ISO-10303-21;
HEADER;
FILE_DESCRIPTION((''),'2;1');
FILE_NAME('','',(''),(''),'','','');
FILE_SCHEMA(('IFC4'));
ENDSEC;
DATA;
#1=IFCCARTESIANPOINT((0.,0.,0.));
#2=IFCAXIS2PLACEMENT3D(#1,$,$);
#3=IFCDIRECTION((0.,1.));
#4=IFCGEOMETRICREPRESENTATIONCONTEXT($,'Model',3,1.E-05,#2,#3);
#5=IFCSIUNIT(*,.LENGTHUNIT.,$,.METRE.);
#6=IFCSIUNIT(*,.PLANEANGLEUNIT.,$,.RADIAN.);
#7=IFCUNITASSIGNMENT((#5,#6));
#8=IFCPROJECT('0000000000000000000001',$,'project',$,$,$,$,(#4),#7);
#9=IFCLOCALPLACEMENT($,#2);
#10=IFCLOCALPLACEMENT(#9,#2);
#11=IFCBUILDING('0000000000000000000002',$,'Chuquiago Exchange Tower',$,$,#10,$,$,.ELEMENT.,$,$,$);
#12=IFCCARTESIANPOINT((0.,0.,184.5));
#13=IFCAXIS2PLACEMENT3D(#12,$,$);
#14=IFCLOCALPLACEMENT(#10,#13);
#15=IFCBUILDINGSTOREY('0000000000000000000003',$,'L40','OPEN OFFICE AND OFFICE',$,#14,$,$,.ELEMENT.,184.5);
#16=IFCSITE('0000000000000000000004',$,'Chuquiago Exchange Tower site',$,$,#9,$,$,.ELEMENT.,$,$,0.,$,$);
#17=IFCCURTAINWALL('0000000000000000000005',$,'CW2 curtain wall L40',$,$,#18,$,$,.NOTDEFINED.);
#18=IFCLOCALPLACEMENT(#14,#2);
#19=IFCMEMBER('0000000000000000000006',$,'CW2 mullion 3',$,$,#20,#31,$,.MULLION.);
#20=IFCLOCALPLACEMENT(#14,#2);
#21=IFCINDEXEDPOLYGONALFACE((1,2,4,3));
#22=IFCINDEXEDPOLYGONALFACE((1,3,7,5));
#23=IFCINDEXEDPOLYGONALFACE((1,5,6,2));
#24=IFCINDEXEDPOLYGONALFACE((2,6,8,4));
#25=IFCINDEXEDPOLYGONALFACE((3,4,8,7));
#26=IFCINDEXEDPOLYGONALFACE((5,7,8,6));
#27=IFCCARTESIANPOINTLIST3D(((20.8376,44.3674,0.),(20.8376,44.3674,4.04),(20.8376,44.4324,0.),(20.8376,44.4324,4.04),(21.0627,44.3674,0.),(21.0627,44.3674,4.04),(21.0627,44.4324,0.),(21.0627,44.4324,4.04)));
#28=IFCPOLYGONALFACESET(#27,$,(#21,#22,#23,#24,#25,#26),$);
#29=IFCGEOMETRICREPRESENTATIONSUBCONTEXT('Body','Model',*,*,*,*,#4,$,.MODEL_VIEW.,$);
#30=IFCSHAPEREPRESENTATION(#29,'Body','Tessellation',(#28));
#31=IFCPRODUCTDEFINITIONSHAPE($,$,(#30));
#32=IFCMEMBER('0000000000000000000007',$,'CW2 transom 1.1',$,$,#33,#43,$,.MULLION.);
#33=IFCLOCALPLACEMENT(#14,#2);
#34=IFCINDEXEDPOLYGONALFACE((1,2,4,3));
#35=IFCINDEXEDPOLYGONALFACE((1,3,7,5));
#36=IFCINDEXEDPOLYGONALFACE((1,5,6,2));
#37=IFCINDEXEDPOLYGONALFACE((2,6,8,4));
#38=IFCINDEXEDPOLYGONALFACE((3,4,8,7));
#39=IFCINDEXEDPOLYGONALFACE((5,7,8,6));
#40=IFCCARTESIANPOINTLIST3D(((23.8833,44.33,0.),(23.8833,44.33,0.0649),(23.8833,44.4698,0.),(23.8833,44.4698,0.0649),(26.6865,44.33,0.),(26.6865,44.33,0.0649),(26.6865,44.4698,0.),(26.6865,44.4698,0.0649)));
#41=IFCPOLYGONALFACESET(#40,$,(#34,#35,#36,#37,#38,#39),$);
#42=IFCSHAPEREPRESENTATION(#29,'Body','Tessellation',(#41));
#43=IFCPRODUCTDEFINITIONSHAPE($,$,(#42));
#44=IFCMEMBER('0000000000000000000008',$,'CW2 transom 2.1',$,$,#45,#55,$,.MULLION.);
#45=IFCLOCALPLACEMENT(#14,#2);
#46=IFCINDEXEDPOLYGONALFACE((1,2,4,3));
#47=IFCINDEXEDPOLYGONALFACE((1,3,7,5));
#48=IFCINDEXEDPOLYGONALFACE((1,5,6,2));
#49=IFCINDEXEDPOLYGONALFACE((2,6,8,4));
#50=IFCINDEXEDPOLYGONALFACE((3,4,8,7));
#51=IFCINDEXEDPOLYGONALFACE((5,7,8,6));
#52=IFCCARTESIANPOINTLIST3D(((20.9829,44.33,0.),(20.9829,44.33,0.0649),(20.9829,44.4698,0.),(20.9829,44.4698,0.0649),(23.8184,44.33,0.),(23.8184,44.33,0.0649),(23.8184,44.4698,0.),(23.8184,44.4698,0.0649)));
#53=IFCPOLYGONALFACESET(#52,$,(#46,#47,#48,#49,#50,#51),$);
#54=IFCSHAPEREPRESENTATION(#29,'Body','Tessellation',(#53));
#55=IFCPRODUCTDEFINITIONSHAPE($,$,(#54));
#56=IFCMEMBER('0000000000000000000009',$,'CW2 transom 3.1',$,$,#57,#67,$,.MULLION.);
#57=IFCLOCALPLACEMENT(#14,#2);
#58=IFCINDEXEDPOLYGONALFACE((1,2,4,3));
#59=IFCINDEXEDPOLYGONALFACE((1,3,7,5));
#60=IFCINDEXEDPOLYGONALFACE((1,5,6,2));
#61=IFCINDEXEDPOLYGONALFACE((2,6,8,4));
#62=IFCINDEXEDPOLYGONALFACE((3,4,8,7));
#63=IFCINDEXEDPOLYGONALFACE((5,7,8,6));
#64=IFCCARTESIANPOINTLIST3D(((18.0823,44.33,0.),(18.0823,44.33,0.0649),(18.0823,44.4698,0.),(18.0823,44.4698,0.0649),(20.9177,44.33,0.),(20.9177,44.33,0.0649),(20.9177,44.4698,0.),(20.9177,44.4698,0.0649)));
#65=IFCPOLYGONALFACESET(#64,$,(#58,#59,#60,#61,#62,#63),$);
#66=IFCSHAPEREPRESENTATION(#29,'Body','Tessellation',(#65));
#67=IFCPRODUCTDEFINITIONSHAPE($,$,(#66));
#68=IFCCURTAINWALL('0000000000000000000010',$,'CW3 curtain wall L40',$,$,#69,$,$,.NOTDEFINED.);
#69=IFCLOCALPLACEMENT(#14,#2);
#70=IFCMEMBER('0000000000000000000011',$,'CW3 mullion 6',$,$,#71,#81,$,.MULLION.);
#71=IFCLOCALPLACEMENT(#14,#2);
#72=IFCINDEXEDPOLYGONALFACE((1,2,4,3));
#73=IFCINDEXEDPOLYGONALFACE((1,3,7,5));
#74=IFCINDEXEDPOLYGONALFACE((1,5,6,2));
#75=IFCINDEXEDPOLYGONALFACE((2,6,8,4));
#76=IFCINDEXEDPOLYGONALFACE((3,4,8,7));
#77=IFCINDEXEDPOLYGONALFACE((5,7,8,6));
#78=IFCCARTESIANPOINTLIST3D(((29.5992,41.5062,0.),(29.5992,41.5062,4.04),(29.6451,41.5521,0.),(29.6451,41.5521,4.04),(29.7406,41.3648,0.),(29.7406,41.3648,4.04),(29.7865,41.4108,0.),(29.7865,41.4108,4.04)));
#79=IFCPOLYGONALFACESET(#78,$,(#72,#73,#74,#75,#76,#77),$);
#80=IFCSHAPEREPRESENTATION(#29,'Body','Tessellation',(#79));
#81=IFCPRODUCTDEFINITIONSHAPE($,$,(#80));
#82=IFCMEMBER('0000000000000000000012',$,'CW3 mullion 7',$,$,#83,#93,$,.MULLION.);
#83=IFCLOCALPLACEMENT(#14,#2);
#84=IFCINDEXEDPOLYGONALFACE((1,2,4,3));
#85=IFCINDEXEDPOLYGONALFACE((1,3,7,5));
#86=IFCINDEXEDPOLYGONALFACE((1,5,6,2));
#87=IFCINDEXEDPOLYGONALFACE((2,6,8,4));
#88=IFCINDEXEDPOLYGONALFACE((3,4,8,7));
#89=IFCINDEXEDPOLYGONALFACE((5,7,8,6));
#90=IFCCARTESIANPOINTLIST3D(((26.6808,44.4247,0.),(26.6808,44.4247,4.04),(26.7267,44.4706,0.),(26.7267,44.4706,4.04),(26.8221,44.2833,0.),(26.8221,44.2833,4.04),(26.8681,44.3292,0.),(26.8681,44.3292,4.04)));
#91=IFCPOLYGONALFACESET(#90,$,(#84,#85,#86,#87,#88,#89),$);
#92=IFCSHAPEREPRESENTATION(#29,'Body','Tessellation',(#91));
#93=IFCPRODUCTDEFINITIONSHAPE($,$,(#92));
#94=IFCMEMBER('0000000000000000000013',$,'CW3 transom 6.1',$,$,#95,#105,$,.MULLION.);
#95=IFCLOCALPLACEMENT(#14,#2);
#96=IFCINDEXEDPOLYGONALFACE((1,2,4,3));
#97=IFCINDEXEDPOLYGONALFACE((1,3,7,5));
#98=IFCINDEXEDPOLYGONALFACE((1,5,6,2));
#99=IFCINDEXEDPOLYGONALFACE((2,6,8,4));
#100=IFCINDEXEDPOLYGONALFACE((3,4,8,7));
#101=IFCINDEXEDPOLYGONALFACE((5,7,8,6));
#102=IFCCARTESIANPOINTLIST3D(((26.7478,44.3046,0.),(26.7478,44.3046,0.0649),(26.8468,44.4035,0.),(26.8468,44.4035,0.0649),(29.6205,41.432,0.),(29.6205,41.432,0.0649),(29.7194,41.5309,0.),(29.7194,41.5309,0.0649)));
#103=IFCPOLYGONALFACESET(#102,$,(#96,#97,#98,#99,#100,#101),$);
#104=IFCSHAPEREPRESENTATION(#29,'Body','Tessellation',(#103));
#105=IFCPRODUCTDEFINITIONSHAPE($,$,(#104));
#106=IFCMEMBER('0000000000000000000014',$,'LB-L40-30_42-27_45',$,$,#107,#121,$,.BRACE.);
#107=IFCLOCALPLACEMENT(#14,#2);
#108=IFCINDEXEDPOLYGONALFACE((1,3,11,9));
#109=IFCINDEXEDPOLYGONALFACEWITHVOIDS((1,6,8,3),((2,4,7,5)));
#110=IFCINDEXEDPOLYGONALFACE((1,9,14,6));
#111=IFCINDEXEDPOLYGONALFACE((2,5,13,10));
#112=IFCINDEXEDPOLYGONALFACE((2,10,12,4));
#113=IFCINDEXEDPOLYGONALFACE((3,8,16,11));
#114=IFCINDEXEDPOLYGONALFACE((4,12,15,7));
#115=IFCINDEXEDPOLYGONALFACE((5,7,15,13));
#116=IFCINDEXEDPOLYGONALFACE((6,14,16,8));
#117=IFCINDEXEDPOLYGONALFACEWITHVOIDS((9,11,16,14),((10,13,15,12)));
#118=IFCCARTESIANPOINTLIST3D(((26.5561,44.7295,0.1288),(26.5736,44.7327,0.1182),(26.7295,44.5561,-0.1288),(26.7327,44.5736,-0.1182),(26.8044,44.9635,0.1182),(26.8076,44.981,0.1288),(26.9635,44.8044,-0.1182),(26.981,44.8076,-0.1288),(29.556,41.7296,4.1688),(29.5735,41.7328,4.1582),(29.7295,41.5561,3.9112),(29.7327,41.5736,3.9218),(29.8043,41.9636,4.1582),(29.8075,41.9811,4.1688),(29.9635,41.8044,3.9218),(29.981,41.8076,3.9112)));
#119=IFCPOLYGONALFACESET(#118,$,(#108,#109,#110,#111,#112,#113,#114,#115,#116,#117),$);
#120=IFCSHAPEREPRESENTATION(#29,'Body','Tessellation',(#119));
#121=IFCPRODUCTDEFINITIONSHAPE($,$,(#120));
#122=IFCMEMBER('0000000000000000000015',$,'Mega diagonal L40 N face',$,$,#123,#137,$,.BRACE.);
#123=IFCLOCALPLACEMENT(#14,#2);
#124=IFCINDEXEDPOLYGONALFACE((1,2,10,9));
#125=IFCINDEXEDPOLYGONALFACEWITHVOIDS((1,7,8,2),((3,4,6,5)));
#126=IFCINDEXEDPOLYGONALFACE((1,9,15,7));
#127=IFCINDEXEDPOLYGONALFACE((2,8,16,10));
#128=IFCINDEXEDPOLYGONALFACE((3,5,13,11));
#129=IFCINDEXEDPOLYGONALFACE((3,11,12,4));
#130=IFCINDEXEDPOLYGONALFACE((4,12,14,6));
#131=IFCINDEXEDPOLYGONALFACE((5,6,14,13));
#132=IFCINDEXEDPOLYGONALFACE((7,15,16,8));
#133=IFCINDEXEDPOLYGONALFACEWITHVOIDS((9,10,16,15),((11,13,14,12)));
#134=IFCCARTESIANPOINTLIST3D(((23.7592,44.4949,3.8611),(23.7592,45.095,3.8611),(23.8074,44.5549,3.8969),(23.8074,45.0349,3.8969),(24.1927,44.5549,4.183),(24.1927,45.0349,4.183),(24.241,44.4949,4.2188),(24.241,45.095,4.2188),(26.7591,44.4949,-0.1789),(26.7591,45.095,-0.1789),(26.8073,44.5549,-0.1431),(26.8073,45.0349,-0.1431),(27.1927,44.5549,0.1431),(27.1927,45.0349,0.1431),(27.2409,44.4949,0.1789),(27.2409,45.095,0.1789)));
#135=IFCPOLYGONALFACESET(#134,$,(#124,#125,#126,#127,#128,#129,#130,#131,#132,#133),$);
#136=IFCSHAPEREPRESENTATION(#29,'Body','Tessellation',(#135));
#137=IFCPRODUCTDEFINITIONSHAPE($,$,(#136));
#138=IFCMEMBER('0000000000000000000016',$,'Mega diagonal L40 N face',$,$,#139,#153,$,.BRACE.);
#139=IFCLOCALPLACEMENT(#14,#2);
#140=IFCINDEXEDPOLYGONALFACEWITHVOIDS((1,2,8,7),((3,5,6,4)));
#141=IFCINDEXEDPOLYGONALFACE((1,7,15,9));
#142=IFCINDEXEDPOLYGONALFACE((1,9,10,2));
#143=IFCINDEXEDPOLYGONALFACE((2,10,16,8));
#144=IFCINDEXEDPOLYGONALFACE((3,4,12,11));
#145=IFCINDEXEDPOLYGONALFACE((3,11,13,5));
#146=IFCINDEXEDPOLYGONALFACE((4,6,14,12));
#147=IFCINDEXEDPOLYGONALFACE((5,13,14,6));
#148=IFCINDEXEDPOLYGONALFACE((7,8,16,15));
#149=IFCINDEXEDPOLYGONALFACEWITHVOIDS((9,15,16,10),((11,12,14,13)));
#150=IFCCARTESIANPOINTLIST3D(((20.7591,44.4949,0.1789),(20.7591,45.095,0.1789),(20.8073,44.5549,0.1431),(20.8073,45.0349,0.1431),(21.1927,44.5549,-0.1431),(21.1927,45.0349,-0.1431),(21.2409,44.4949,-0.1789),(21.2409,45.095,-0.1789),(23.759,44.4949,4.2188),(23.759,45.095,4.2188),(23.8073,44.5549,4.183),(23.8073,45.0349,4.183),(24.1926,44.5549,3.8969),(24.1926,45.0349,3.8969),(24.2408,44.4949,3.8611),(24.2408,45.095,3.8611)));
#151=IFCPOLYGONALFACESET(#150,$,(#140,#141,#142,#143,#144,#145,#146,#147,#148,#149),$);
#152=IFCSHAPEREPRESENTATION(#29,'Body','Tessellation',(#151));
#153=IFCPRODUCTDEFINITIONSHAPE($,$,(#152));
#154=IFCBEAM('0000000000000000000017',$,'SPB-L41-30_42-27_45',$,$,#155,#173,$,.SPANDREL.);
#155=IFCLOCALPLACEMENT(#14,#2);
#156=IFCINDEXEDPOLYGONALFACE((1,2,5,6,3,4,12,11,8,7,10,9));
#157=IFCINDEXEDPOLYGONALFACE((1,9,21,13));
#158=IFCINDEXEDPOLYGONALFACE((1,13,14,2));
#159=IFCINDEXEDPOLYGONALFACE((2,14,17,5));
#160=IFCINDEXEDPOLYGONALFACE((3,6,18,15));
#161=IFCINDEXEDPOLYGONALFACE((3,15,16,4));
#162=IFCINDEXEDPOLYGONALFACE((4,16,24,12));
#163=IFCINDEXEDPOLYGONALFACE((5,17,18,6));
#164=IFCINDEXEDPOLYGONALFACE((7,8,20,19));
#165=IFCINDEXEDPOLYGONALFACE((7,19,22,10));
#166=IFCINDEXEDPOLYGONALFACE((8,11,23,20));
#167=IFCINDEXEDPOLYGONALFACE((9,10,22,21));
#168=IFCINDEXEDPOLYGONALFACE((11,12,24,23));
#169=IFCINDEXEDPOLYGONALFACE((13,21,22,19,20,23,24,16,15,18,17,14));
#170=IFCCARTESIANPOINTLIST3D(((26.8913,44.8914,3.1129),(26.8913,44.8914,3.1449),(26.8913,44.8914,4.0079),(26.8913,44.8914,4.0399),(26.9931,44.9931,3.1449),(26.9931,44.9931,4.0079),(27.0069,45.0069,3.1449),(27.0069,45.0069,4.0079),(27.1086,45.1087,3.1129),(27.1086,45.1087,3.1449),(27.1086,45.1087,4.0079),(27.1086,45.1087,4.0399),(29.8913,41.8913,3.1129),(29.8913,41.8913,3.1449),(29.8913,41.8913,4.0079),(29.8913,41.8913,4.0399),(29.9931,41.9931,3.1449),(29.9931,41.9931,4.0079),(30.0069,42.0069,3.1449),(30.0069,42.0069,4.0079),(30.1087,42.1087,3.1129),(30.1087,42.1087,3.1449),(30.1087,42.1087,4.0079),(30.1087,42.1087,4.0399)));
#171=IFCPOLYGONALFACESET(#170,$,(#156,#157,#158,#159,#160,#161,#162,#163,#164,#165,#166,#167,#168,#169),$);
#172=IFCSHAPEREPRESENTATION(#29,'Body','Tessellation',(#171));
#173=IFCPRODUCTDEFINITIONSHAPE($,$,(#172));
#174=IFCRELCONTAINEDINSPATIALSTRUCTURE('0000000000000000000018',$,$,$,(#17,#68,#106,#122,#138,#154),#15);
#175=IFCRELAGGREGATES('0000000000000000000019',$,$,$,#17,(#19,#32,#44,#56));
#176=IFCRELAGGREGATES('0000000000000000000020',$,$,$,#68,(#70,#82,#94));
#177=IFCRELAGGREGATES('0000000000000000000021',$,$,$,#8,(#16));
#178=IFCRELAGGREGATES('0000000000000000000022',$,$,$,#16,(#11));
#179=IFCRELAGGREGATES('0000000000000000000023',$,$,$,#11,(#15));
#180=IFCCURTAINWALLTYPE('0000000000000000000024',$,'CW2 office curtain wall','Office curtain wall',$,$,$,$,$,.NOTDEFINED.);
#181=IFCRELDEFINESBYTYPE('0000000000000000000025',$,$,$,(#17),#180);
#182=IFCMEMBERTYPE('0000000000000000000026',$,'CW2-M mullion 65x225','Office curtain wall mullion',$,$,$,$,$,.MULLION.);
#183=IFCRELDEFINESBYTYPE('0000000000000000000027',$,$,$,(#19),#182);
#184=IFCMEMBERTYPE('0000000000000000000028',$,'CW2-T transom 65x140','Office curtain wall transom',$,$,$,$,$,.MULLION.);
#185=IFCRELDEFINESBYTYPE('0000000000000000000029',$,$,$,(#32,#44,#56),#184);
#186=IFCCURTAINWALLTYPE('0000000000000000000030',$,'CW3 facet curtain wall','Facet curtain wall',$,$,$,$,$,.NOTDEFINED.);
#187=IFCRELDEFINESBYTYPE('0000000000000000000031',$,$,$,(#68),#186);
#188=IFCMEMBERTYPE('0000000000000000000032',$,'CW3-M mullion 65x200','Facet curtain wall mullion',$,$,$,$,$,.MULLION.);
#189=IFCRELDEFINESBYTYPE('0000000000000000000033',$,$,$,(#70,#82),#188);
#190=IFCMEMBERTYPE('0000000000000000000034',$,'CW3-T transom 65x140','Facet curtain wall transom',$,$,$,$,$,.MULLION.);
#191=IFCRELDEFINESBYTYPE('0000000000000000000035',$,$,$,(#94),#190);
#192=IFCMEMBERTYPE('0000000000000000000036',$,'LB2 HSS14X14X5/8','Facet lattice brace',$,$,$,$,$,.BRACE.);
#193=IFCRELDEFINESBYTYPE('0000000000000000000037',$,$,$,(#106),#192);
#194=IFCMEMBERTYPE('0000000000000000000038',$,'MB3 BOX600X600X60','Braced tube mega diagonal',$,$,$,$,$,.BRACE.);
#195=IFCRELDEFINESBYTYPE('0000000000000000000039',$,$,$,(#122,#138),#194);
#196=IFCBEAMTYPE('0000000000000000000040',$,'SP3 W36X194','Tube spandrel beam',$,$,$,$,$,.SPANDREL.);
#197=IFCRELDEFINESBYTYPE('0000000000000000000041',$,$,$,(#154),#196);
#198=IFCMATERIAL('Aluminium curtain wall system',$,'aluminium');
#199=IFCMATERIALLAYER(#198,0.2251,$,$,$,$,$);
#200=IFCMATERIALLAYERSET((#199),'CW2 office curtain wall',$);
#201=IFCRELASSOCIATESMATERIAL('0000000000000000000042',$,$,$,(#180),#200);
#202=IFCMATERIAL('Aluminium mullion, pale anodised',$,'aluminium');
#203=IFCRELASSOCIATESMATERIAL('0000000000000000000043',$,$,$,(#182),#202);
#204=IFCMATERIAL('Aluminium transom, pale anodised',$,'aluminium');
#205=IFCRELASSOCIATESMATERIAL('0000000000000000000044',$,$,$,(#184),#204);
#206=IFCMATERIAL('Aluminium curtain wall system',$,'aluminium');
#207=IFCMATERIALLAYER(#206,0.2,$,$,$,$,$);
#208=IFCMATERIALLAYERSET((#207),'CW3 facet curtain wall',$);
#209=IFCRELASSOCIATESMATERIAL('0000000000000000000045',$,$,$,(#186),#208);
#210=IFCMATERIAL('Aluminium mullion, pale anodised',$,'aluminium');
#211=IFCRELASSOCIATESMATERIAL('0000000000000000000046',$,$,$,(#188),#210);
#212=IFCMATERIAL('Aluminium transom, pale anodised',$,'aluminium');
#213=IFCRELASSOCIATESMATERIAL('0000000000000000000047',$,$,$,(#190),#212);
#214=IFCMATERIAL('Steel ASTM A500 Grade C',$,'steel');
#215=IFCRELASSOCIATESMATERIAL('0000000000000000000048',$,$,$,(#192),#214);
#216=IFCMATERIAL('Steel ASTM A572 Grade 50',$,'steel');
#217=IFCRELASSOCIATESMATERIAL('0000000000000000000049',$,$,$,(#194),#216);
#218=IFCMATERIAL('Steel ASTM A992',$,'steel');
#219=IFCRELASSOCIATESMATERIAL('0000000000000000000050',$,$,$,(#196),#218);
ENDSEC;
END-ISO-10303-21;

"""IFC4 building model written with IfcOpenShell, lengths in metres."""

from ifc_helpers import new_model, si_unit, direction, frame, origin, origin_2d, place, context, subcontext, project, spatial, rectangle, hollow_rectangle, i_section, extrude, material, layer, layer_set, material_profile, profile_set, type_object, element, aggregate, save


model = new_model("IFC4")

# Units and contexts
model_context = context("Model", 3, precision=1e-05, world=origin(), true_north=direction((0.0, 1.0)))
body_context = subcontext(model_context, "Body", "Model", "MODEL_VIEW")
ifc_project = project(units=[si_unit("LENGTHUNIT", "METRE"), si_unit("PLANEANGLEUNIT", "RADIAN")], contexts=[model_context])

# Site, building, storey
site_placement = place(None, origin())
site = spatial("IfcSite", under=ifc_project, at=site_placement, Name="Chuquiago Exchange Tower site", CompositionType="ELEMENT", RefElevation=0.0)
building_placement = place(site_placement, origin())
building = spatial("IfcBuilding", under=site, at=building_placement, Name="Chuquiago Exchange Tower", CompositionType="ELEMENT")
storey_placement = place(building_placement, frame((0.0, 0.0, 184.5)))
storey = spatial("IfcBuildingStorey", under=building, at=storey_placement, Name="L40", Description="OPEN OFFICE AND OFFICE", CompositionType="ELEMENT", Elevation=184.5)

# Curtain walls, members
ifc_material_1 = material(Name="Aluminium curtain wall system", Category="aluminium")
ifc_layer_1 = layer(ifc_material_1, 0.2251)
ifc_layer_set_1 = layer_set([ifc_layer_1], Name="CW2 office curtain wall")
curtain_wall_type_1 = type_object("IfcCurtainWallType", Name="CW2 office curtain wall", Description="Office curtain wall", PredefinedType="NOTDEFINED", material=ifc_layer_set_1)
curtain_wall_1_placement = place(storey_placement, origin())
curtain_wall_1 = element("IfcCurtainWall", 1, at=curtain_wall_1_placement, inside=storey, type_object=curtain_wall_type_1, Name="CW2 curtain wall L40", PredefinedType="NOTDEFINED")
ifc_material_2 = material(Name="Aluminium mullion, pale anodised", Category="aluminium")
ifc_material_profile_1 = material_profile(ifc_material_2, rectangle(XDim=0.0649, YDim=0.2251, at=origin_2d()), Name="AL 65x225")
ifc_profile_set_1 = profile_set([ifc_material_profile_1], Name="Aluminium mullion, pale anodised")
member_type_1 = type_object("IfcMemberType", Name="CW2-M mullion 65x225", Description="Office curtain wall mullion", PredefinedType="MULLION", material=ifc_profile_set_1)
member_1_placement = place(storey_placement, frame((20.9502, 44.3999, 0.0), z_axis=(0.0, 0.0, 1.0), x_axis=(0.0, -1.0, 0.0)))
member_1 = element("IfcMember", 2, at=member_1_placement, type_object=member_type_1, Name="CW2 mullion 3", PredefinedType="MULLION", context=body_context, shape_type="SweptSolid", body=[
    extrude(rectangle(XDim=0.0649, YDim=0.2251, at=origin_2d()), origin(), (0.0, 0.0, 1.0), 4.04),
])
ifc_material_3 = material(Name="Aluminium transom, pale anodised", Category="aluminium")
ifc_material_profile_2 = material_profile(ifc_material_3, rectangle(XDim=0.1399, YDim=0.0649, at=origin_2d()), Name="AL 140x65")
ifc_profile_set_2 = profile_set([ifc_material_profile_2], Name="Aluminium transom, pale anodised")
member_type_2 = type_object("IfcMemberType", Name="CW2-T transom 65x140", Description="Office curtain wall transom", PredefinedType="MULLION", material=ifc_profile_set_2)
member_2_placement = place(storey_placement, frame((26.6865, 44.3999, 0.0325), z_axis=(-1.0, 0.0, 0.0), x_axis=(0.0, -1.0, 0.0)))
member_2 = element("IfcMember", 3, at=member_2_placement, type_object=member_type_2, Name="CW2 transom 1.1", PredefinedType="MULLION", context=body_context, shape_type="SweptSolid", body=[
    extrude(rectangle(XDim=0.1399, YDim=0.0649, at=origin_2d()), origin(), (0.0, 0.0, 1.0), 2.8032),
])
member_3_placement = place(storey_placement, frame((23.8184, 44.3999, 0.0325), z_axis=(-1.0, 0.0, 0.0), x_axis=(0.0, -1.0, 0.0)))
member_3 = element("IfcMember", 4, at=member_3_placement, type_object=member_type_2, Name="CW2 transom 2.1", PredefinedType="MULLION", context=body_context, shape_type="SweptSolid", body=[
    extrude(rectangle(XDim=0.1399, YDim=0.0649, at=origin_2d()), origin(), (0.0, 0.0, 1.0), 2.8354),
])
member_4_placement = place(storey_placement, frame((20.9177, 44.3999, 0.0325), z_axis=(-1.0, 0.0, 0.0), x_axis=(0.0, -1.0, 0.0)))
member_4 = element("IfcMember", 5, at=member_4_placement, type_object=member_type_2, Name="CW2 transom 3.1", PredefinedType="MULLION", context=body_context, shape_type="SweptSolid", body=[
    extrude(rectangle(XDim=0.1399, YDim=0.0649, at=origin_2d()), origin(), (0.0, 0.0, 1.0), 2.8354),
])
ifc_material_4 = material(Name="Aluminium curtain wall system", Category="aluminium")
ifc_layer_2 = layer(ifc_material_4, 0.2)
ifc_layer_set_2 = layer_set([ifc_layer_2], Name="CW3 facet curtain wall")
curtain_wall_type_2 = type_object("IfcCurtainWallType", Name="CW3 facet curtain wall", Description="Facet curtain wall", PredefinedType="NOTDEFINED", material=ifc_layer_set_2)
curtain_wall_2_placement = place(storey_placement, origin())
curtain_wall_2 = element("IfcCurtainWall", 6, at=curtain_wall_2_placement, inside=storey, type_object=curtain_wall_type_2, Name="CW3 curtain wall L40", PredefinedType="NOTDEFINED")
ifc_material_5 = material(Name="Aluminium mullion, pale anodised", Category="aluminium")
ifc_material_profile_3 = material_profile(ifc_material_5, rectangle(XDim=0.0649, YDim=0.2, at=origin_2d()), Name="AL 65x200")
ifc_profile_set_3 = profile_set([ifc_material_profile_3], Name="Aluminium mullion, pale anodised")
member_type_3 = type_object("IfcMemberType", Name="CW3-M mullion 65x200", Description="Facet curtain wall mullion", PredefinedType="MULLION", material=ifc_profile_set_3)
member_5_placement = place(storey_placement, frame((29.6929, 41.4585, 0.0), z_axis=(0.0, 0.0, 1.0), x_axis=(-0.707107, -0.707107, 0.0)))
member_5 = element("IfcMember", 7, at=member_5_placement, type_object=member_type_3, Name="CW3 mullion 6", PredefinedType="MULLION", context=body_context, shape_type="SweptSolid", body=[
    extrude(rectangle(XDim=0.0649, YDim=0.2, at=origin_2d()), origin(), (0.0, 0.0, 1.0), 4.04),
])
member_6_placement = place(storey_placement, frame((26.7744, 44.377, 0.0), z_axis=(0.0, 0.0, 1.0), x_axis=(-0.707107, -0.707107, 0.0)))
member_6 = element("IfcMember", 8, at=member_6_placement, type_object=member_type_3, Name="CW3 mullion 7", PredefinedType="MULLION", context=body_context, shape_type="SweptSolid", body=[
    extrude(rectangle(XDim=0.0649, YDim=0.2, at=origin_2d()), origin(), (0.0, 0.0, 1.0), 4.04),
])
ifc_material_6 = material(Name="Aluminium transom, pale anodised", Category="aluminium")
ifc_material_profile_4 = material_profile(ifc_material_6, rectangle(XDim=0.1399, YDim=0.0649, at=origin_2d()), Name="AL 140x65")
ifc_profile_set_4 = profile_set([ifc_material_profile_4], Name="Aluminium transom, pale anodised")
member_type_4 = type_object("IfcMemberType", Name="CW3-T transom 65x140", Description="Facet curtain wall transom", PredefinedType="MULLION", material=ifc_profile_set_4)
member_7_placement = place(storey_placement, frame((29.6699, 41.4814, 0.0325), z_axis=(-0.707107, 0.707107, 0.0), x_axis=(-0.707107, -0.707107, 0.0)))
member_7 = element("IfcMember", 9, at=member_7_placement, type_object=member_type_4, Name="CW3 transom 6.1", PredefinedType="MULLION", context=body_context, shape_type="SweptSolid", body=[
    extrude(rectangle(XDim=0.1399, YDim=0.0649, at=origin_2d()), origin(), (0.0, 0.0, 1.0), 4.0625),
])

# Members
ifc_material_7 = material(Name="Steel ASTM A500 Grade C", Category="steel")
ifc_material_profile_5 = material_profile(ifc_material_7, hollow_rectangle(XDim=0.3557, YDim=0.3557, WallThickness=0.0146, at=origin_2d()), Name="HSS14X14X5/8")
ifc_profile_set_5 = profile_set([ifc_material_profile_5], Name="Steel ASTM A500 Grade C")
member_type_5 = type_object("IfcMemberType", Name="LB2 HSS14X14X5/8", Description="Facet lattice brace", PredefinedType="BRACE", material=ifc_profile_set_5)
member_8_placement = place(storey_placement, frame((26.7686, 44.7686, 0.0), z_axis=(0.512077, -0.512077, 0.689604), x_axis=(0.707107, 0.707107, 0.0)))
element("IfcMember", 10, at=member_8_placement, inside=storey, type_object=member_type_5, Name="LB-L40-30_42-27_45", PredefinedType="BRACE", context=body_context, shape_type="SweptSolid", body=[
    extrude(hollow_rectangle(XDim=0.3557, YDim=0.3557, WallThickness=0.0146, at=origin_2d()), origin(), (0.0, 0.0, 1.0), 5.8584),
])
ifc_material_8 = material(Name="Steel ASTM A572 Grade 50", Category="steel")
ifc_material_profile_6 = material_profile(ifc_material_8, hollow_rectangle(XDim=0.6001, YDim=0.6001, WallThickness=0.0601, at=origin_2d()), Name="BOX600X600X60")
ifc_profile_set_6 = profile_set([ifc_material_profile_6], Name="Steel ASTM A572 Grade 50")
member_type_6 = type_object("IfcMemberType", Name="MB3 BOX600X600X60", Description="Braced tube mega diagonal", PredefinedType="BRACE", material=ifc_profile_set_6)
for number, where, z_axis, x_axis, name in (
    (11, (27.0, 44.7949, 0.0), (-0.596174, 0.0, 0.802855), (0.0, -1.0, 0.0), "Mega diagonal L40 N face"),
    (12, (21.0, 44.7949, 0.0), (0.596174, 0.0, 0.802855), (0.0, 1.0, 0.0), "Mega diagonal L40 N face"),
):
    element("IfcMember", number, at=place(storey_placement, frame(where, z_axis=z_axis, x_axis=x_axis)), inside=storey, type_object=member_type_6, Name=name, PredefinedType="BRACE", context=body_context, shape_type="SweptSolid", body=[
        extrude(hollow_rectangle(XDim=0.6001, YDim=0.6001, WallThickness=0.0601, at=origin_2d()), origin(), (0.0, 0.0, 1.0), 5.032),
    ])

# Beam
ifc_material_9 = material(Name="Steel ASTM A992", Category="steel")
ifc_material_profile_7 = material_profile(ifc_material_9, i_section(OverallWidth=0.3074, OverallDepth=0.927, WebThickness=0.0195, FlangeThickness=0.032, at=origin_2d()), Name="W36X194")
ifc_profile_set_7 = profile_set([ifc_material_profile_7], Name="Steel ASTM A992")
beam_type_1 = type_object("IfcBeamType", Name="SP3 W36X194", Description="Tube spandrel beam", PredefinedType="SPANDREL", material=ifc_profile_set_7)
beam_1_placement = place(storey_placement, frame((30.0, 42.0, 3.5764), z_axis=(-0.707107, 0.707107, 0.0), x_axis=(-0.707107, -0.707107, 0.0)))
element("IfcBeam", 13, at=beam_1_placement, inside=storey, type_object=beam_type_1, Name="SPB-L41-30_42-27_45", PredefinedType="SPANDREL", context=body_context, shape_type="SweptSolid", body=[
    extrude(i_section(OverallWidth=0.3074, OverallDepth=0.927, WebThickness=0.0195, FlangeThickness=0.032, at=origin_2d()), origin(), (0.0, 0.0, 1.0), 4.2427),
])

aggregate(curtain_wall_1, [member_1, member_2, member_3, member_4])
aggregate(curtain_wall_2, [member_5, member_6, member_7])

save(model, "model.ifc")
